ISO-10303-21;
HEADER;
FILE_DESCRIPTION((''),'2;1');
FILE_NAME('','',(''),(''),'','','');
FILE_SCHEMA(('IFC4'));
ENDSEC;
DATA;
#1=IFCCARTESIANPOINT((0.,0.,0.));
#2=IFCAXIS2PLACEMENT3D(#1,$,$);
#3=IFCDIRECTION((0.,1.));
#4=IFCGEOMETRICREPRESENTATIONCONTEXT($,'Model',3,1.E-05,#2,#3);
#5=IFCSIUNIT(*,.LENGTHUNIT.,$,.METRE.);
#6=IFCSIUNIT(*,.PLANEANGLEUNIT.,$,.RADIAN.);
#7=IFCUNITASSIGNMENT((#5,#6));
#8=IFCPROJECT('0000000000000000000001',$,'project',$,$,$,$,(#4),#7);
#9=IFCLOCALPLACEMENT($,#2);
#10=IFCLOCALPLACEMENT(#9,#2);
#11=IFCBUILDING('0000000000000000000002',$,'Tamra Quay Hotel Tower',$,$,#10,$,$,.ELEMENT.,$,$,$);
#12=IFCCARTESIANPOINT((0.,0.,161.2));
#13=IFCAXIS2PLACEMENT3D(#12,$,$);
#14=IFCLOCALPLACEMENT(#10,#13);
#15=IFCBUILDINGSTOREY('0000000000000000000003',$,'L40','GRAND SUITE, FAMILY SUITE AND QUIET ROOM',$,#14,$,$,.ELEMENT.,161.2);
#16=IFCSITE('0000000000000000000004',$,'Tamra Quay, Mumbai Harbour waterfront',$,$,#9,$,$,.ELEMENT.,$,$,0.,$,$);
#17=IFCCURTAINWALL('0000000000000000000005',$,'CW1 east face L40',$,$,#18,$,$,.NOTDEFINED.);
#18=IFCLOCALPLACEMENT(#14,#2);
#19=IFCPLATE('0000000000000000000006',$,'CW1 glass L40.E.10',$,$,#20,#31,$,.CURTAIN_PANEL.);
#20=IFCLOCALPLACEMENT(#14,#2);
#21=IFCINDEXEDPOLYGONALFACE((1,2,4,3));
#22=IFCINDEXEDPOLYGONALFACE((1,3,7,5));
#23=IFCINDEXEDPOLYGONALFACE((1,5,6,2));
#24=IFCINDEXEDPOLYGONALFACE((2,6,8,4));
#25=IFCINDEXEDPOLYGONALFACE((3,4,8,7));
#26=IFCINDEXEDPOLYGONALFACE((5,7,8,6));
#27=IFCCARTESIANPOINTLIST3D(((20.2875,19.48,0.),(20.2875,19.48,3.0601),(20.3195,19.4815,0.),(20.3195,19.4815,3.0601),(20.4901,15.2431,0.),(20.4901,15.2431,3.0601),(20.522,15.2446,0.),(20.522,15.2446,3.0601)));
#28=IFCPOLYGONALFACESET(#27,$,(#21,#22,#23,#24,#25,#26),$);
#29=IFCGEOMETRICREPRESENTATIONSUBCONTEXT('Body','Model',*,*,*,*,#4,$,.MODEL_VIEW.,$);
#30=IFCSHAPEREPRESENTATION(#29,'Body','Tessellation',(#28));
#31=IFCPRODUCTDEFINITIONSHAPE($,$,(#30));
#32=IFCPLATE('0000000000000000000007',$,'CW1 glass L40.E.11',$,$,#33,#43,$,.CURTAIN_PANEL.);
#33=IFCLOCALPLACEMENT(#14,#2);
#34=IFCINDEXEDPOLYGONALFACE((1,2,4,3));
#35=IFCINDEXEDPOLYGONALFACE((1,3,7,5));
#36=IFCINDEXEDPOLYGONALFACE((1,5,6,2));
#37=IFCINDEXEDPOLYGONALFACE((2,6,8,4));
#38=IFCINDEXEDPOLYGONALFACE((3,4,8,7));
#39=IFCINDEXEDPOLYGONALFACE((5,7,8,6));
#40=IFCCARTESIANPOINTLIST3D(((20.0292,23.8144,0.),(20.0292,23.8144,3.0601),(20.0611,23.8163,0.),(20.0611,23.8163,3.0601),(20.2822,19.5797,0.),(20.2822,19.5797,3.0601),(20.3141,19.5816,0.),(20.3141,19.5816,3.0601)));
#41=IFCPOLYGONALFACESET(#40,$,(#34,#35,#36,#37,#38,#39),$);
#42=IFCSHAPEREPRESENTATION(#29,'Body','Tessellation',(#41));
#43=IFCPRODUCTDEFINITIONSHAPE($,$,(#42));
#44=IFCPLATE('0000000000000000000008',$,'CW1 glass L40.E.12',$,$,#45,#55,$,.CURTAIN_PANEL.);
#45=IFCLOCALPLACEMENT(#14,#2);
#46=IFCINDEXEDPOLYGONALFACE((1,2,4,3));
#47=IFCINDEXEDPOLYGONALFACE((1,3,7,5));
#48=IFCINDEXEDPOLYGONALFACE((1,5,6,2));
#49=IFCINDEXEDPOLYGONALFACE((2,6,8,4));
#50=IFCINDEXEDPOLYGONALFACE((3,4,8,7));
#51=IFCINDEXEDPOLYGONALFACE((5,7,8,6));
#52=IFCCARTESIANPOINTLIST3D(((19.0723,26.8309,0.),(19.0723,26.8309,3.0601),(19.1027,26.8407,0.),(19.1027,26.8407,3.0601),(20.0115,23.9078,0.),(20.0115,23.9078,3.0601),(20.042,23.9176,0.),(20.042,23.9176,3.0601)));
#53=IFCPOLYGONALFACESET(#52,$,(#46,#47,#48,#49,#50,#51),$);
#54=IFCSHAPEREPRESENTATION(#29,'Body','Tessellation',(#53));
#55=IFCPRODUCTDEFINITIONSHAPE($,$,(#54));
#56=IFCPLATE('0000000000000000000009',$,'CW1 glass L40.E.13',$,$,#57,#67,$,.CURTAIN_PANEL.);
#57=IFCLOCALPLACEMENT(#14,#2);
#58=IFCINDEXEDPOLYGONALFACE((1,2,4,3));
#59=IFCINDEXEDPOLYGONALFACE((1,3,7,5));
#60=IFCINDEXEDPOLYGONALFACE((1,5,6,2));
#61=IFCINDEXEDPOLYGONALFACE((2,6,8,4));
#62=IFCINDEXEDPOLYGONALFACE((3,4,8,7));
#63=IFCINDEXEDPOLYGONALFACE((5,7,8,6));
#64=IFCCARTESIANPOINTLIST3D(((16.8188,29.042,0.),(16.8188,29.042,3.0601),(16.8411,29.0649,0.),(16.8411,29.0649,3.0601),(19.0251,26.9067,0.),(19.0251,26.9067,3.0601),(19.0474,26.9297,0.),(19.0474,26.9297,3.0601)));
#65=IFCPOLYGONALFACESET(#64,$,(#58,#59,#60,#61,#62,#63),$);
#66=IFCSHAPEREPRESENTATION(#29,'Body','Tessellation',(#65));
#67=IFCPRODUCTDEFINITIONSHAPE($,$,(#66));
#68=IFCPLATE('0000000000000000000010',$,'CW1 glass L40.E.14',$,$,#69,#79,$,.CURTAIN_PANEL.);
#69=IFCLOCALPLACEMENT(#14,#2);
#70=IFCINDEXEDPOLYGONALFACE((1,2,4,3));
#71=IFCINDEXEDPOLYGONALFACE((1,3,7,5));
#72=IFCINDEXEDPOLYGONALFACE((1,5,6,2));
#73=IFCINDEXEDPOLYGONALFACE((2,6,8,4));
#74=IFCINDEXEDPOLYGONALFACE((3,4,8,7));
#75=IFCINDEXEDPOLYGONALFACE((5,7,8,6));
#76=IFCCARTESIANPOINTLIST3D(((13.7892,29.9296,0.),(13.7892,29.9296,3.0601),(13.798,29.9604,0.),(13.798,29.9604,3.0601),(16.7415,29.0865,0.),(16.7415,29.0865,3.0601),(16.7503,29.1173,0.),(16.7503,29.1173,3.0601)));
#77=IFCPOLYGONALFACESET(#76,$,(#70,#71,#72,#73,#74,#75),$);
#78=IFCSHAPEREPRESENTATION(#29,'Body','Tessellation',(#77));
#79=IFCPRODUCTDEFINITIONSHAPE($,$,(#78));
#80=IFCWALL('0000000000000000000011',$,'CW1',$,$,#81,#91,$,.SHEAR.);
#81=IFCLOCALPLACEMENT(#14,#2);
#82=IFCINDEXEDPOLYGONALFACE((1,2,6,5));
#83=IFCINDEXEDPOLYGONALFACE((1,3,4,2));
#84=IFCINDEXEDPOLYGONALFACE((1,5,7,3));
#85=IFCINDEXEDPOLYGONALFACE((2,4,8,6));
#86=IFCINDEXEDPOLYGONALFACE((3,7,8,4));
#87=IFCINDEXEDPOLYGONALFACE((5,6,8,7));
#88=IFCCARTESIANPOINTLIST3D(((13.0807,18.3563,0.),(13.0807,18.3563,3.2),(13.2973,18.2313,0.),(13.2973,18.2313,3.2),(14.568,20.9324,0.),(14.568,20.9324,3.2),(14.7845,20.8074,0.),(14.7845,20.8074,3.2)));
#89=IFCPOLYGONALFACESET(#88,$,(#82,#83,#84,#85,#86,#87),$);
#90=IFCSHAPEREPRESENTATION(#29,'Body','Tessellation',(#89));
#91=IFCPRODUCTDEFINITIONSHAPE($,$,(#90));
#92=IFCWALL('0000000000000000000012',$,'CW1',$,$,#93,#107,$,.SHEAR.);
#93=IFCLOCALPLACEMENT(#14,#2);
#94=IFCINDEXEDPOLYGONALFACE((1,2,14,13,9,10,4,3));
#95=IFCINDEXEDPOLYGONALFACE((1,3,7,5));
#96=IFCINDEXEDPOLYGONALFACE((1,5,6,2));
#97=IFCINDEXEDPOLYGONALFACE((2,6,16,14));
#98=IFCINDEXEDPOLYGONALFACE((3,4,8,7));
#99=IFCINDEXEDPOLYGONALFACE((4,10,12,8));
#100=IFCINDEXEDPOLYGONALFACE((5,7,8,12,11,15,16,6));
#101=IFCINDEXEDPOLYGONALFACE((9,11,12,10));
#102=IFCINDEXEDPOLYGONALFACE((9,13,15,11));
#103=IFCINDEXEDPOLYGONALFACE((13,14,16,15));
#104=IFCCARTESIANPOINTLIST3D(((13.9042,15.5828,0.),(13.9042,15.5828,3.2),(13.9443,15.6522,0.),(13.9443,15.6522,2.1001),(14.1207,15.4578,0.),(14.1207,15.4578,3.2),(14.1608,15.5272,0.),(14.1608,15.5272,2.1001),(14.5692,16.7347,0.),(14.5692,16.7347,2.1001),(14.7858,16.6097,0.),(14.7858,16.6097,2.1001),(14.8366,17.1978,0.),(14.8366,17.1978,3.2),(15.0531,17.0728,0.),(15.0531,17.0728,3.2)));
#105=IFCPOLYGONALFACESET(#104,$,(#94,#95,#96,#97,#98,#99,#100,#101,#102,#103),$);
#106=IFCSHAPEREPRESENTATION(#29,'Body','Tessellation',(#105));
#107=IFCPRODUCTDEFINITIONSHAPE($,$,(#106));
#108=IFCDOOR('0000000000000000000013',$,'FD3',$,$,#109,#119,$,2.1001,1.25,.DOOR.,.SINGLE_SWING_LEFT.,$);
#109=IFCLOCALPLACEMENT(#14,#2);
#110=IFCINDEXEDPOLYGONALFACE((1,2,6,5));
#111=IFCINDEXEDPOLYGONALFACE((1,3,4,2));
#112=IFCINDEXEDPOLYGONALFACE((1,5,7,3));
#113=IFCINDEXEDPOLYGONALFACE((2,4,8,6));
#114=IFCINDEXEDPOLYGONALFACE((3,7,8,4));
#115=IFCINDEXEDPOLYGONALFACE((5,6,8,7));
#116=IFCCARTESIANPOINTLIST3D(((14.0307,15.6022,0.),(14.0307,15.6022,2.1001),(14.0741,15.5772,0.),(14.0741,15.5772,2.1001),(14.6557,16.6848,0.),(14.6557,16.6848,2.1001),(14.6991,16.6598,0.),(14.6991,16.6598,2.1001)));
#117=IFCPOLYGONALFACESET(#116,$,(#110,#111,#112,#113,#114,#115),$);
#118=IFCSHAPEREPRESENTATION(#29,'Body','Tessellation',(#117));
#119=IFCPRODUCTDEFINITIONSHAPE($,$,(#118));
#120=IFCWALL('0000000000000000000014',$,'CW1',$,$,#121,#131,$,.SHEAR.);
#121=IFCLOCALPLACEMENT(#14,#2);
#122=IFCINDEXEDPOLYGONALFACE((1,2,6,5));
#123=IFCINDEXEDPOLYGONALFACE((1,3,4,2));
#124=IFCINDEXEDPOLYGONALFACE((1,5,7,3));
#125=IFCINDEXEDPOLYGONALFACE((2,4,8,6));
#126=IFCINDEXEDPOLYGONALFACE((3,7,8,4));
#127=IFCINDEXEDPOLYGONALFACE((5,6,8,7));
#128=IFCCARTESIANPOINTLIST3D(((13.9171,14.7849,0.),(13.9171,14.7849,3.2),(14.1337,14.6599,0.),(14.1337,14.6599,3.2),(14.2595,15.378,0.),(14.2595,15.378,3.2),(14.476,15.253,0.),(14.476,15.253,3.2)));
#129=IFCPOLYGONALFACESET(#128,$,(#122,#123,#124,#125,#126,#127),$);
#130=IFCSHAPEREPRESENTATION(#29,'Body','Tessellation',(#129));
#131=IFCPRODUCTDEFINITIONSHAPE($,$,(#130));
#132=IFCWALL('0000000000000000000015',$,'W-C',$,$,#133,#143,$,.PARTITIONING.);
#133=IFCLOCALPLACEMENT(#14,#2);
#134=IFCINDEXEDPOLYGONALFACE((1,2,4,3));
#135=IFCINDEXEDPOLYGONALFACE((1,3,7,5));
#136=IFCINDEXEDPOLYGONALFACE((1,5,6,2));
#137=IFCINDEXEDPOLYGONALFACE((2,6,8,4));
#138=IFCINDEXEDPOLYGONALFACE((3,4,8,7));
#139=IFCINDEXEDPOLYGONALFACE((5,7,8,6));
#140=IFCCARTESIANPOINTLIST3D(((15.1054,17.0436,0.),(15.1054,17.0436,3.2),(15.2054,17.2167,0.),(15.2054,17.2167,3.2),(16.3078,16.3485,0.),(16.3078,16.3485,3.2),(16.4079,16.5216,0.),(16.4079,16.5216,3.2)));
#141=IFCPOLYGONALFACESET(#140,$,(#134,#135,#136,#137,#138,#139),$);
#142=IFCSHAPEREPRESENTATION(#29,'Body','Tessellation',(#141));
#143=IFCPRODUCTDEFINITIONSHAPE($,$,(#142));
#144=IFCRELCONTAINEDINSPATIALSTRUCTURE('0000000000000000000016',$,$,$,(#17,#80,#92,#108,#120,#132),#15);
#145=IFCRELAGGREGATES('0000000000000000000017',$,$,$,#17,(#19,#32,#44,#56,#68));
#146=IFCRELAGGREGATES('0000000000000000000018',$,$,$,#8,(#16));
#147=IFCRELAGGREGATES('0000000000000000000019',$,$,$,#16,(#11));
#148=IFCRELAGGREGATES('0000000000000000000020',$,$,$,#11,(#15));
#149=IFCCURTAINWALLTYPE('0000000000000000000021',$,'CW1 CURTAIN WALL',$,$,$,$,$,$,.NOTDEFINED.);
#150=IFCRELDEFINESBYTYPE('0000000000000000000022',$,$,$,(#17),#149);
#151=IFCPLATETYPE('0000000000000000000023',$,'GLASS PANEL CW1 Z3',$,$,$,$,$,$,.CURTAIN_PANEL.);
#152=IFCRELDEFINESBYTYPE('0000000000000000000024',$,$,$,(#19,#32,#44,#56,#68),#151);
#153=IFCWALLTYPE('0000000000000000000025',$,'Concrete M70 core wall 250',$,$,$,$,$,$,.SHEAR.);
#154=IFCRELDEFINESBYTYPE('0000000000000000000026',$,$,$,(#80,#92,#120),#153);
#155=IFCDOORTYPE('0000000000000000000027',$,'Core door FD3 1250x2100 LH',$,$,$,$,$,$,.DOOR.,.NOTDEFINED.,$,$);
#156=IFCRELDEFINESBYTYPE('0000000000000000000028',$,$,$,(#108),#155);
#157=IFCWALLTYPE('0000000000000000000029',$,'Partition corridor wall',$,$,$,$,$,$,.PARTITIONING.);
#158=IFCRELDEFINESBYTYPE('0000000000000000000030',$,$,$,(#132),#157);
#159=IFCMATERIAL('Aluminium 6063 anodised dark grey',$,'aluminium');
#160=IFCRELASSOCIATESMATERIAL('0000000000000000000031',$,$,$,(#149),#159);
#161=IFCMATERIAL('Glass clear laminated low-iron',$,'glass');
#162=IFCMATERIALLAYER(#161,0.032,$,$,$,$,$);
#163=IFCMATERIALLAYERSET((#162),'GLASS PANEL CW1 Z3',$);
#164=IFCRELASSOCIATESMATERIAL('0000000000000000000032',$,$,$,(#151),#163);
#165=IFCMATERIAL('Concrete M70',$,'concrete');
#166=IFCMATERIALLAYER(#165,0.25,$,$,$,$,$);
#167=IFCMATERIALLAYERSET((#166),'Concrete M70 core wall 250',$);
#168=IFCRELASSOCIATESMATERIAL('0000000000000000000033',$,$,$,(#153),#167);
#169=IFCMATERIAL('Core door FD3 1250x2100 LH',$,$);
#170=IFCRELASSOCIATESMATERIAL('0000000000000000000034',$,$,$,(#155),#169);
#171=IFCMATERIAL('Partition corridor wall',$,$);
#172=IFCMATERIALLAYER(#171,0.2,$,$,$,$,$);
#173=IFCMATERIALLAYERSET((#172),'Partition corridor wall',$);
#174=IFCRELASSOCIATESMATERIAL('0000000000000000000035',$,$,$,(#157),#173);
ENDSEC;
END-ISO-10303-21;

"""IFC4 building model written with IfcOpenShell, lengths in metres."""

from ifc_helpers import new_model, si_unit, direction, frame, frame_2d, origin, origin_2d, place, context, subcontext, project, spatial, rectangle, extrude, material, layer, layer_set, type_object, element, fill, aggregate, save


model = new_model("IFC4")

# Units and contexts
model_context = context("Model", 3, precision=1e-05, world=origin(), true_north=direction((0.0, 1.0)))
body_context = subcontext(model_context, "Body", "Model", "MODEL_VIEW")
ifc_project = project(units=[si_unit("LENGTHUNIT", "METRE"), si_unit("PLANEANGLEUNIT", "RADIAN")], contexts=[model_context])

# Site, building, storey
site_placement = place(None, origin())
site = spatial("IfcSite", under=ifc_project, at=site_placement, Name="Tamra Quay, Mumbai Harbour waterfront", CompositionType="ELEMENT", RefElevation=0.0)
building_placement = place(site_placement, origin())
building = spatial("IfcBuilding", under=site, at=building_placement, Name="Tamra Quay Hotel Tower", CompositionType="ELEMENT")
storey_placement = place(building_placement, frame((0.0, 0.0, 161.2)))
storey = spatial("IfcBuildingStorey", under=building, at=storey_placement, Name="L40", Description="GRAND SUITE, FAMILY SUITE AND QUIET ROOM", CompositionType="ELEMENT", Elevation=161.2)

# Shared definitions
ifc_material_1 = material(Name="Concrete M70", Category="concrete")

# Curtain wall
ifc_material_2 = material(Name="Aluminium 6063 anodised dark grey", Category="aluminium")
curtain_wall_type = type_object("IfcCurtainWallType", Name="CW1 CURTAIN WALL", PredefinedType="NOTDEFINED", material=ifc_material_2)
curtain_wall_placement = place(storey_placement, origin())
curtain_wall = element("IfcCurtainWall", 1, at=curtain_wall_placement, inside=storey, type_object=curtain_wall_type, Name="CW1 east face L40", PredefinedType="NOTDEFINED")

# Plates
ifc_material_3 = material(Name="Glass clear laminated low-iron", Category="glass")
ifc_layer_1 = layer(ifc_material_3, 0.032)
ifc_layer_set_1 = layer_set([ifc_layer_1], Name="GLASS PANEL CW1 Z3")
plate_type = type_object("IfcPlateType", Name="GLASS PANEL CW1 Z3", PredefinedType="CURTAIN_PANEL", material=ifc_layer_set_1)
plate_1_placement = place(storey_placement, frame((20.4048, 17.3623, 0.0), z_axis=(0.0, 0.0, 1.0), x_axis=(-0.047747, 0.998859, 0.0)))
plate_1 = element("IfcPlate", 2, at=plate_1_placement, type_object=plate_type, Name="CW1 glass L40.E.10", PredefinedType="CURTAIN_PANEL", context=body_context, shape_type="SweptSolid", body=[
    extrude(rectangle(XDim=4.2417, YDim=0.032, at=origin_2d()), origin(), (0.0, 0.0, 1.0), 3.0601),
])
plate_2_placement = place(storey_placement, frame((20.1716, 21.698, 0.0), z_axis=(0.0, 0.0, 1.0), x_axis=(-0.059642, 0.99822, 0.0)))
plate_2 = element("IfcPlate", 3, at=plate_2_placement, type_object=plate_type, Name="CW1 glass L40.E.11", PredefinedType="CURTAIN_PANEL", context=body_context, shape_type="SweptSolid", body=[
    extrude(rectangle(XDim=4.2422, YDim=0.032, at=origin_2d()), origin(), (0.0, 0.0, 1.0), 3.0601),
])
plate_3_placement = place(storey_placement, frame((19.5571, 25.3743, 0.0), z_axis=(0.0, 0.0, 1.0), x_axis=(-0.305915, 0.952059, 0.0)))
plate_3 = element("IfcPlate", 4, at=plate_3_placement, type_object=plate_type, Name="CW1 glass L40.E.12", PredefinedType="CURTAIN_PANEL", context=body_context, shape_type="SweptSolid", body=[
    extrude(rectangle(XDim=3.0703, YDim=0.032, at=origin_2d()), origin(), (0.0, 0.0, 1.0), 3.0601),
])
plate_4_placement = place(storey_placement, frame((17.9331, 27.9858, 0.0), z_axis=(0.0, 0.0, 1.0), x_axis=(-0.718584, 0.69544, 0.0)))
plate_4 = element("IfcPlate", 5, at=plate_4_placement, type_object=plate_type, Name="CW1 glass L40.E.13", PredefinedType="CURTAIN_PANEL", context=body_context, shape_type="SweptSolid", body=[
    extrude(rectangle(XDim=3.0703, YDim=0.032, at=origin_2d()), origin(), (0.0, 0.0, 1.0), 3.0601),
])
plate_5_placement = place(storey_placement, frame((15.2698, 29.5234, 0.0), z_axis=(0.0, 0.0, 1.0), x_axis=(-0.961561, 0.274593, 0.0)))
plate_5 = element("IfcPlate", 6, at=plate_5_placement, type_object=plate_type, Name="CW1 glass L40.E.14", PredefinedType="CURTAIN_PANEL", context=body_context, shape_type="SweptSolid", body=[
    extrude(rectangle(XDim=3.0703, YDim=0.032, at=origin_2d()), origin(), (0.0, 0.0, 1.0), 3.0601),
])
aggregate(curtain_wall, [plate_1, plate_2, plate_3, plate_4, plate_5])

# Wall
ifc_layer_2 = layer(ifc_material_1, 0.25)
ifc_layer_set_2 = layer_set([ifc_layer_2], Name="Concrete M70 core wall 250")
wall_type_1 = type_object("IfcWallType", Name="Concrete M70 core wall 250", PredefinedType="SHEAR", material=ifc_layer_set_2)
wall_1_placement = place(storey_placement, frame((14.6763, 20.8699, 0.0), z_axis=(0.0, 0.0, 1.0), x_axis=(-0.499988, -0.866033, 0.0)))
element("IfcWall", 7, at=wall_1_placement, inside=storey, type_object=wall_type_1, Name="CW1", PredefinedType="SHEAR", context=body_context, shape_type="SweptSolid", body=[
    extrude(rectangle(XDim=2.9746, YDim=0.25, at=frame_2d((1.4873, 0.0))), origin(), (0.0, 0.0, 1.0), 3.2),
])

# Wall, opening, door
wall_2_placement = place(storey_placement, frame((14.9448, 17.1353, 0.0), z_axis=(0.0, 0.0, 1.0), x_axis=(-0.499983, -0.866035, 0.0)))
wall_2 = element("IfcWall", 8, at=wall_2_placement, inside=storey, type_object=wall_type_1, Name="CW1", PredefinedType="SHEAR", context=body_context, shape_type="SweptSolid", body=[
    extrude(rectangle(XDim=1.8647, YDim=0.25, at=frame_2d((0.9324, 0.0))), origin(), (0.0, 0.0, 1.0), 3.2),
])
opening_placement = place(wall_2_placement, frame((0.5347, 0.0, 0.0)))
opening = element("IfcOpeningElement", 9, at=opening_placement, cuts=wall_2, PredefinedType="OPENING", context=body_context, shape_type="SweptSolid", body=[
    extrude(rectangle(XDim=1.25, YDim=2.1001, at=frame_2d((0.625, 1.05))), frame((0.0, 0.135, 0.0), z_axis=(0.0, -1.0, 0.0), x_axis=(1.0, 0.0, 0.0)), (0.0, 0.0, 1.0), 0.27),
])
ifc_material_4 = material(Name="Core door FD3 1250x2100 LH")
door_type = type_object("IfcDoorType", Name="Core door FD3 1250x2100 LH", OperationType="NOTDEFINED", PredefinedType="DOOR", material=ifc_material_4)
door_placement = place(opening_placement, origin())
door = element("IfcDoor", 10, at=door_placement, inside=storey, type_object=door_type, Name="FD3", OperationType="SINGLE_SWING_LEFT", OverallHeight=2.1001, OverallWidth=1.25, PredefinedType="DOOR", context=body_context, shape_type="SweptSolid", body=[
    extrude(rectangle(XDim=1.25, YDim=2.1001, at=frame_2d((0.625, 1.05))), frame((0.0, 0.0249, 0.0), z_axis=(0.0, -1.0, 0.0), x_axis=(1.0, 0.0, 0.0)), (0.0, 0.0, 1.0), 0.05),
])
fill(opening, door)

# Walls
wall_3_placement = place(storey_placement, frame((14.3677, 15.3154, 0.0), z_axis=(0.0, 0.0, 1.0), x_axis=(-0.499897, -0.866085, 0.0)))
element("IfcWall", 11, at=wall_3_placement, inside=storey, type_object=wall_type_1, Name="CW1", PredefinedType="SHEAR", context=body_context, shape_type="SweptSolid", body=[
    extrude(rectangle(XDim=0.6848, YDim=0.25, at=frame_2d((0.3423, 0.0))), origin(), (0.0, 0.0, 1.0), 3.2),
])
ifc_material_5 = material(Name="Partition corridor wall")
ifc_layer_3 = layer(ifc_material_5, 0.2)
ifc_layer_set_3 = layer_set([ifc_layer_3], Name="Partition corridor wall")
wall_type_2 = type_object("IfcWallType", Name="Partition corridor wall", PredefinedType="PARTITIONING", material=ifc_layer_set_3)
wall_4_placement = place(storey_placement, frame((15.1555, 17.1301, 0.0), z_axis=(0.0, 0.0, 1.0), x_axis=(0.865755, -0.500468, 0.0)))
element("IfcWall", 12, at=wall_4_placement, inside=storey, type_object=wall_type_2, Name="W-C", PredefinedType="PARTITIONING", context=body_context, shape_type="SweptSolid", body=[
    extrude(rectangle(XDim=1.3889, YDim=0.2, at=frame_2d((0.6943, 0.0))), origin(), (0.0, 0.0, 1.0), 3.2),
])

save(model, "model.ifc")
